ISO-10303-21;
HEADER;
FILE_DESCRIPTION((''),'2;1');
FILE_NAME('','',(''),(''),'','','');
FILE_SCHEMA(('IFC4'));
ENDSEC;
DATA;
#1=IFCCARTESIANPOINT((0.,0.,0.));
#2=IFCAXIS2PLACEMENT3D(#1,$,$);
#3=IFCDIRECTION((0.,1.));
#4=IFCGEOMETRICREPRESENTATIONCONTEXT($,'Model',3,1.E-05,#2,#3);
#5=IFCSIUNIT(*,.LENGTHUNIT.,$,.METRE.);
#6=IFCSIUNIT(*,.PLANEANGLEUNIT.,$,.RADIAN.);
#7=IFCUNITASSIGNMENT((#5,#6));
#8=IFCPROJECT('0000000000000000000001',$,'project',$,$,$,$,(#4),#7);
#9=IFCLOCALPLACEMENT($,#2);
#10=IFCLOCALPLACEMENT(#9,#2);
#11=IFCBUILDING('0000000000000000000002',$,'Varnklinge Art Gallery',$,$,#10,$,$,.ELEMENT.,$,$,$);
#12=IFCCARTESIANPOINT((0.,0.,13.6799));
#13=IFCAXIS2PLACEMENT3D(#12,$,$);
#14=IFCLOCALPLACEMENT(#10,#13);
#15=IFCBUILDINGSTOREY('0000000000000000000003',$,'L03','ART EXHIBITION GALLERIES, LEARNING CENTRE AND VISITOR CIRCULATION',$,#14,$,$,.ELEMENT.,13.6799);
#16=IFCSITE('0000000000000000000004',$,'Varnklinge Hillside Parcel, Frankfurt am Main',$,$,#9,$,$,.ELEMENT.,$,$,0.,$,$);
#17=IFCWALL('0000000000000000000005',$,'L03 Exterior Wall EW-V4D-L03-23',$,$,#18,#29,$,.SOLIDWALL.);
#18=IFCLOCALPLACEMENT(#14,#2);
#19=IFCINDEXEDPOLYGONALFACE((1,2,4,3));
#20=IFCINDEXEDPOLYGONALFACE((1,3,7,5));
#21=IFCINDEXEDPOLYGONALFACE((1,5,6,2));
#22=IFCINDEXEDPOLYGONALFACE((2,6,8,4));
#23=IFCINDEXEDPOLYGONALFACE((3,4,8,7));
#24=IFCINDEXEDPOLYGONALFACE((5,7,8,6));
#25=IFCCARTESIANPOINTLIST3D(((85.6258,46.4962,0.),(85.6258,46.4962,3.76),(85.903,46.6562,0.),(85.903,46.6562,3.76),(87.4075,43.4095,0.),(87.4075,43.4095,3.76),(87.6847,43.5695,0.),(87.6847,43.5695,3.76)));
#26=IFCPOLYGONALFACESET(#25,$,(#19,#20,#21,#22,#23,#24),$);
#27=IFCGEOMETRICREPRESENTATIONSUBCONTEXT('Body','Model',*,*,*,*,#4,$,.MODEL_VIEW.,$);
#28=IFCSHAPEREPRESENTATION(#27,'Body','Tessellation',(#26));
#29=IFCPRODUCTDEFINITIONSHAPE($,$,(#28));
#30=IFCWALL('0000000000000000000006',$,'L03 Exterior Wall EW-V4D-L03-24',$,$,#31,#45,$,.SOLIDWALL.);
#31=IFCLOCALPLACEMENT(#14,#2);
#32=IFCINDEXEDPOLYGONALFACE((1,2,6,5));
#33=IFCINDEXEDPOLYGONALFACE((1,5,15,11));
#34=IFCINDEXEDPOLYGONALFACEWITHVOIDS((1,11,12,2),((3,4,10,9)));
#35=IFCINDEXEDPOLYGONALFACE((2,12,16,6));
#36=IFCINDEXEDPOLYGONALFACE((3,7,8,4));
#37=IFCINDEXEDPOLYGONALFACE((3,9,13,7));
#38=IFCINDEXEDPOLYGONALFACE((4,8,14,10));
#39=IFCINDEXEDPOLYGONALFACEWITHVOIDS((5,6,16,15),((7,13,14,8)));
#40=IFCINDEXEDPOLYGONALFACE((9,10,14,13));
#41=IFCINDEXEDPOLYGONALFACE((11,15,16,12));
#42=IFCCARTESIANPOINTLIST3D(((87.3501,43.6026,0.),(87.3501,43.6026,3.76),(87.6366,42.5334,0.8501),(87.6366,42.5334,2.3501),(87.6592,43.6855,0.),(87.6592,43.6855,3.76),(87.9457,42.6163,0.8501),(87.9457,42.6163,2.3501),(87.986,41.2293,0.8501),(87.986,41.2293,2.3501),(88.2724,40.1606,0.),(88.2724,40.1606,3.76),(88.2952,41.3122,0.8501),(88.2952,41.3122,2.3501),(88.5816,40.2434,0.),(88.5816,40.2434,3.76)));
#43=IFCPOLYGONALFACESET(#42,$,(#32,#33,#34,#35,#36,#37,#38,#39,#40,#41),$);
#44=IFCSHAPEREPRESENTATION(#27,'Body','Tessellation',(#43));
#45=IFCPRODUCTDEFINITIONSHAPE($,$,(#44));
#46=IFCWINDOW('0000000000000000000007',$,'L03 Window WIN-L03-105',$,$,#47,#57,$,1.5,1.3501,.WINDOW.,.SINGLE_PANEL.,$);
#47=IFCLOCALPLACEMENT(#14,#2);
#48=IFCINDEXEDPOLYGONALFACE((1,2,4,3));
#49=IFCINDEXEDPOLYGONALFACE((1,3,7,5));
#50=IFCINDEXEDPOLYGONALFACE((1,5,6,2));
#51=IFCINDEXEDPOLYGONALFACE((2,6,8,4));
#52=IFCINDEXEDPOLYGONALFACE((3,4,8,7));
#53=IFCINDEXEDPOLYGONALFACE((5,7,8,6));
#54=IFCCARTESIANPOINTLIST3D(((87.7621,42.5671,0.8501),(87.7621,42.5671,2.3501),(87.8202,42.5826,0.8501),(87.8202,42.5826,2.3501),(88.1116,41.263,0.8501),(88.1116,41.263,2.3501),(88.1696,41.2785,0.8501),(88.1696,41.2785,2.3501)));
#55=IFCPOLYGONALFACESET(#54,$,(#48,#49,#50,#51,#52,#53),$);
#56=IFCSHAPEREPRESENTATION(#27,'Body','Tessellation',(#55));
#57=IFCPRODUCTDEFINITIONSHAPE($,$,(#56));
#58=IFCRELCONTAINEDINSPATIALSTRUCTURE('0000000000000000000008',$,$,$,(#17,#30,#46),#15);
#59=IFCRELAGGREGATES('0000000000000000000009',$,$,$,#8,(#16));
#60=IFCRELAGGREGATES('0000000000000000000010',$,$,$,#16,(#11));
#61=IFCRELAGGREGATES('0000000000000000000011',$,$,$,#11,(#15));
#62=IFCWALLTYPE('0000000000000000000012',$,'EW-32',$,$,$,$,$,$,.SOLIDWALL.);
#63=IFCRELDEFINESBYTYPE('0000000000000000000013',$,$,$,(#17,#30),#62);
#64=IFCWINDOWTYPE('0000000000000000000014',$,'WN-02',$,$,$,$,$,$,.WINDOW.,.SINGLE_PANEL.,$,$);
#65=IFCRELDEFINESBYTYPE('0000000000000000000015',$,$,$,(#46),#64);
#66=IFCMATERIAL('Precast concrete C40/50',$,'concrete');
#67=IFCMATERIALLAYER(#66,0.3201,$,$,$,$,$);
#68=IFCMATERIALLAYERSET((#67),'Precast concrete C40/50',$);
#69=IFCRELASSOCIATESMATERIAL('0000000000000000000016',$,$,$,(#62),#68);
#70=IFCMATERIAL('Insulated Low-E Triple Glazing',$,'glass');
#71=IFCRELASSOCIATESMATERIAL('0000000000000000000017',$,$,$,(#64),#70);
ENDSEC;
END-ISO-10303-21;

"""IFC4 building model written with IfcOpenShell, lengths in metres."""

from ifc_helpers import new_model, si_unit, direction, frame, frame_2d, origin, place, context, subcontext, project, spatial, rectangle, extrude, material, layer, layer_set, type_object, element, fill, save


model = new_model("IFC4")

# Units and contexts
model_context = context("Model", 3, precision=1e-05, world=origin(), true_north=direction((0.0, 1.0)))
body_context = subcontext(model_context, "Body", "Model", "MODEL_VIEW")
ifc_project = project(units=[si_unit("LENGTHUNIT", "METRE"), si_unit("PLANEANGLEUNIT", "RADIAN")], contexts=[model_context])

# Site, building, storey
site_placement = place(None, origin())
site = spatial("IfcSite", under=ifc_project, at=site_placement, Name="Varnklinge Hillside Parcel, Frankfurt am Main", CompositionType="ELEMENT", RefElevation=0.0)
building_placement = place(site_placement, origin())
building = spatial("IfcBuilding", under=site, at=building_placement, Name="Varnklinge Art Gallery", CompositionType="ELEMENT")
storey_placement = place(building_placement, frame((0.0, 0.0, 13.6799)))
storey = spatial("IfcBuildingStorey", under=building, at=storey_placement, Name="L03", Description="ART EXHIBITION GALLERIES, LEARNING CENTRE AND VISITOR CIRCULATION", CompositionType="ELEMENT", Elevation=13.6799)

# Shared definitions
ifc_material_1 = material(Name="Precast concrete C40/50", Category="concrete")
ifc_layer_1 = layer(ifc_material_1, 0.3201)
ifc_layer_set_1 = layer_set([ifc_layer_1], Name="Precast concrete C40/50")
wall_type = type_object("IfcWallType", Name="EW-32", PredefinedType="SOLIDWALL", material=ifc_layer_set_1)

# Shared definitions
ifc_material_2 = material(Name="Insulated Low-E Triple Glazing", Category="glass")
window_type = type_object("IfcWindowType", Name="WN-02", PartitioningType="SINGLE_PANEL", PredefinedType="WINDOW", material=ifc_material_2)

# Wall
wall_1_placement = place(storey_placement, frame((85.7644, 46.5762, 0.0), z_axis=(0.0, 0.0, 1.0), x_axis=(0.499926, -0.866068, 0.0)))
element("IfcWall", 1, at=wall_1_placement, inside=storey, type_object=wall_type, Name="L03 Exterior Wall EW-V4D-L03-23", PredefinedType="SOLIDWALL", context=body_context, shape_type="SweptSolid", body=[
    extrude(rectangle(XDim=3.564, YDim=0.3201, at=frame_2d((1.782, 0.0))), origin(), (0.0, 0.0, 1.0), 3.76),
])

# Wall, opening, window
wall_2_placement = place(storey_placement, frame((87.5046, 43.644, 0.0), z_axis=(0.0, 0.0, 1.0), x_axis=(0.258831, -0.965923, 0.0)))
wall_2 = element("IfcWall", 2, at=wall_2_placement, inside=storey, type_object=wall_type, Name="L03 Exterior Wall EW-V4D-L03-24", PredefinedType="SOLIDWALL", context=body_context, shape_type="SweptSolid", body=[
    extrude(rectangle(XDim=3.5635, YDim=0.3201, at=frame_2d((1.7817, 0.0))), origin(), (0.0, 0.0, 1.0), 3.76),
])
opening_1_placement = place(wall_2_placement, frame((1.1069, 0.0, 0.8501)))
opening_1 = element("IfcOpeningElement", 3, at=opening_1_placement, cuts=wall_2, PredefinedType="OPENING", context=body_context, shape_type="SweptSolid", body=[
    extrude(rectangle(XDim=1.3501, YDim=1.5, at=frame_2d((0.675, 0.75))), frame((0.0, 0.1702, 0.0), z_axis=(0.0, -1.0, 0.0), x_axis=(1.0, 0.0, 0.0)), (0.0, 0.0, 1.0), 0.3401),
])
window_1_placement = place(opening_1_placement, origin())
window_1 = element("IfcWindow", 4, at=window_1_placement, inside=storey, type_object=window_type, Name="L03 Window WIN-L03-105", OverallHeight=1.5, OverallWidth=1.3501, PartitioningType="SINGLE_PANEL", PredefinedType="WINDOW", context=body_context, shape_type="SweptSolid", body=[
    extrude(rectangle(XDim=1.3501, YDim=1.5, at=frame_2d((0.675, 0.75))), frame((0.0, 0.03, 0.0), z_axis=(0.0, -1.0, 0.0), x_axis=(1.0, 0.0, 0.0)), (0.0, 0.0, 1.0), 0.0601),
])
fill(opening_1, window_1)

save(model, "model.ifc")
